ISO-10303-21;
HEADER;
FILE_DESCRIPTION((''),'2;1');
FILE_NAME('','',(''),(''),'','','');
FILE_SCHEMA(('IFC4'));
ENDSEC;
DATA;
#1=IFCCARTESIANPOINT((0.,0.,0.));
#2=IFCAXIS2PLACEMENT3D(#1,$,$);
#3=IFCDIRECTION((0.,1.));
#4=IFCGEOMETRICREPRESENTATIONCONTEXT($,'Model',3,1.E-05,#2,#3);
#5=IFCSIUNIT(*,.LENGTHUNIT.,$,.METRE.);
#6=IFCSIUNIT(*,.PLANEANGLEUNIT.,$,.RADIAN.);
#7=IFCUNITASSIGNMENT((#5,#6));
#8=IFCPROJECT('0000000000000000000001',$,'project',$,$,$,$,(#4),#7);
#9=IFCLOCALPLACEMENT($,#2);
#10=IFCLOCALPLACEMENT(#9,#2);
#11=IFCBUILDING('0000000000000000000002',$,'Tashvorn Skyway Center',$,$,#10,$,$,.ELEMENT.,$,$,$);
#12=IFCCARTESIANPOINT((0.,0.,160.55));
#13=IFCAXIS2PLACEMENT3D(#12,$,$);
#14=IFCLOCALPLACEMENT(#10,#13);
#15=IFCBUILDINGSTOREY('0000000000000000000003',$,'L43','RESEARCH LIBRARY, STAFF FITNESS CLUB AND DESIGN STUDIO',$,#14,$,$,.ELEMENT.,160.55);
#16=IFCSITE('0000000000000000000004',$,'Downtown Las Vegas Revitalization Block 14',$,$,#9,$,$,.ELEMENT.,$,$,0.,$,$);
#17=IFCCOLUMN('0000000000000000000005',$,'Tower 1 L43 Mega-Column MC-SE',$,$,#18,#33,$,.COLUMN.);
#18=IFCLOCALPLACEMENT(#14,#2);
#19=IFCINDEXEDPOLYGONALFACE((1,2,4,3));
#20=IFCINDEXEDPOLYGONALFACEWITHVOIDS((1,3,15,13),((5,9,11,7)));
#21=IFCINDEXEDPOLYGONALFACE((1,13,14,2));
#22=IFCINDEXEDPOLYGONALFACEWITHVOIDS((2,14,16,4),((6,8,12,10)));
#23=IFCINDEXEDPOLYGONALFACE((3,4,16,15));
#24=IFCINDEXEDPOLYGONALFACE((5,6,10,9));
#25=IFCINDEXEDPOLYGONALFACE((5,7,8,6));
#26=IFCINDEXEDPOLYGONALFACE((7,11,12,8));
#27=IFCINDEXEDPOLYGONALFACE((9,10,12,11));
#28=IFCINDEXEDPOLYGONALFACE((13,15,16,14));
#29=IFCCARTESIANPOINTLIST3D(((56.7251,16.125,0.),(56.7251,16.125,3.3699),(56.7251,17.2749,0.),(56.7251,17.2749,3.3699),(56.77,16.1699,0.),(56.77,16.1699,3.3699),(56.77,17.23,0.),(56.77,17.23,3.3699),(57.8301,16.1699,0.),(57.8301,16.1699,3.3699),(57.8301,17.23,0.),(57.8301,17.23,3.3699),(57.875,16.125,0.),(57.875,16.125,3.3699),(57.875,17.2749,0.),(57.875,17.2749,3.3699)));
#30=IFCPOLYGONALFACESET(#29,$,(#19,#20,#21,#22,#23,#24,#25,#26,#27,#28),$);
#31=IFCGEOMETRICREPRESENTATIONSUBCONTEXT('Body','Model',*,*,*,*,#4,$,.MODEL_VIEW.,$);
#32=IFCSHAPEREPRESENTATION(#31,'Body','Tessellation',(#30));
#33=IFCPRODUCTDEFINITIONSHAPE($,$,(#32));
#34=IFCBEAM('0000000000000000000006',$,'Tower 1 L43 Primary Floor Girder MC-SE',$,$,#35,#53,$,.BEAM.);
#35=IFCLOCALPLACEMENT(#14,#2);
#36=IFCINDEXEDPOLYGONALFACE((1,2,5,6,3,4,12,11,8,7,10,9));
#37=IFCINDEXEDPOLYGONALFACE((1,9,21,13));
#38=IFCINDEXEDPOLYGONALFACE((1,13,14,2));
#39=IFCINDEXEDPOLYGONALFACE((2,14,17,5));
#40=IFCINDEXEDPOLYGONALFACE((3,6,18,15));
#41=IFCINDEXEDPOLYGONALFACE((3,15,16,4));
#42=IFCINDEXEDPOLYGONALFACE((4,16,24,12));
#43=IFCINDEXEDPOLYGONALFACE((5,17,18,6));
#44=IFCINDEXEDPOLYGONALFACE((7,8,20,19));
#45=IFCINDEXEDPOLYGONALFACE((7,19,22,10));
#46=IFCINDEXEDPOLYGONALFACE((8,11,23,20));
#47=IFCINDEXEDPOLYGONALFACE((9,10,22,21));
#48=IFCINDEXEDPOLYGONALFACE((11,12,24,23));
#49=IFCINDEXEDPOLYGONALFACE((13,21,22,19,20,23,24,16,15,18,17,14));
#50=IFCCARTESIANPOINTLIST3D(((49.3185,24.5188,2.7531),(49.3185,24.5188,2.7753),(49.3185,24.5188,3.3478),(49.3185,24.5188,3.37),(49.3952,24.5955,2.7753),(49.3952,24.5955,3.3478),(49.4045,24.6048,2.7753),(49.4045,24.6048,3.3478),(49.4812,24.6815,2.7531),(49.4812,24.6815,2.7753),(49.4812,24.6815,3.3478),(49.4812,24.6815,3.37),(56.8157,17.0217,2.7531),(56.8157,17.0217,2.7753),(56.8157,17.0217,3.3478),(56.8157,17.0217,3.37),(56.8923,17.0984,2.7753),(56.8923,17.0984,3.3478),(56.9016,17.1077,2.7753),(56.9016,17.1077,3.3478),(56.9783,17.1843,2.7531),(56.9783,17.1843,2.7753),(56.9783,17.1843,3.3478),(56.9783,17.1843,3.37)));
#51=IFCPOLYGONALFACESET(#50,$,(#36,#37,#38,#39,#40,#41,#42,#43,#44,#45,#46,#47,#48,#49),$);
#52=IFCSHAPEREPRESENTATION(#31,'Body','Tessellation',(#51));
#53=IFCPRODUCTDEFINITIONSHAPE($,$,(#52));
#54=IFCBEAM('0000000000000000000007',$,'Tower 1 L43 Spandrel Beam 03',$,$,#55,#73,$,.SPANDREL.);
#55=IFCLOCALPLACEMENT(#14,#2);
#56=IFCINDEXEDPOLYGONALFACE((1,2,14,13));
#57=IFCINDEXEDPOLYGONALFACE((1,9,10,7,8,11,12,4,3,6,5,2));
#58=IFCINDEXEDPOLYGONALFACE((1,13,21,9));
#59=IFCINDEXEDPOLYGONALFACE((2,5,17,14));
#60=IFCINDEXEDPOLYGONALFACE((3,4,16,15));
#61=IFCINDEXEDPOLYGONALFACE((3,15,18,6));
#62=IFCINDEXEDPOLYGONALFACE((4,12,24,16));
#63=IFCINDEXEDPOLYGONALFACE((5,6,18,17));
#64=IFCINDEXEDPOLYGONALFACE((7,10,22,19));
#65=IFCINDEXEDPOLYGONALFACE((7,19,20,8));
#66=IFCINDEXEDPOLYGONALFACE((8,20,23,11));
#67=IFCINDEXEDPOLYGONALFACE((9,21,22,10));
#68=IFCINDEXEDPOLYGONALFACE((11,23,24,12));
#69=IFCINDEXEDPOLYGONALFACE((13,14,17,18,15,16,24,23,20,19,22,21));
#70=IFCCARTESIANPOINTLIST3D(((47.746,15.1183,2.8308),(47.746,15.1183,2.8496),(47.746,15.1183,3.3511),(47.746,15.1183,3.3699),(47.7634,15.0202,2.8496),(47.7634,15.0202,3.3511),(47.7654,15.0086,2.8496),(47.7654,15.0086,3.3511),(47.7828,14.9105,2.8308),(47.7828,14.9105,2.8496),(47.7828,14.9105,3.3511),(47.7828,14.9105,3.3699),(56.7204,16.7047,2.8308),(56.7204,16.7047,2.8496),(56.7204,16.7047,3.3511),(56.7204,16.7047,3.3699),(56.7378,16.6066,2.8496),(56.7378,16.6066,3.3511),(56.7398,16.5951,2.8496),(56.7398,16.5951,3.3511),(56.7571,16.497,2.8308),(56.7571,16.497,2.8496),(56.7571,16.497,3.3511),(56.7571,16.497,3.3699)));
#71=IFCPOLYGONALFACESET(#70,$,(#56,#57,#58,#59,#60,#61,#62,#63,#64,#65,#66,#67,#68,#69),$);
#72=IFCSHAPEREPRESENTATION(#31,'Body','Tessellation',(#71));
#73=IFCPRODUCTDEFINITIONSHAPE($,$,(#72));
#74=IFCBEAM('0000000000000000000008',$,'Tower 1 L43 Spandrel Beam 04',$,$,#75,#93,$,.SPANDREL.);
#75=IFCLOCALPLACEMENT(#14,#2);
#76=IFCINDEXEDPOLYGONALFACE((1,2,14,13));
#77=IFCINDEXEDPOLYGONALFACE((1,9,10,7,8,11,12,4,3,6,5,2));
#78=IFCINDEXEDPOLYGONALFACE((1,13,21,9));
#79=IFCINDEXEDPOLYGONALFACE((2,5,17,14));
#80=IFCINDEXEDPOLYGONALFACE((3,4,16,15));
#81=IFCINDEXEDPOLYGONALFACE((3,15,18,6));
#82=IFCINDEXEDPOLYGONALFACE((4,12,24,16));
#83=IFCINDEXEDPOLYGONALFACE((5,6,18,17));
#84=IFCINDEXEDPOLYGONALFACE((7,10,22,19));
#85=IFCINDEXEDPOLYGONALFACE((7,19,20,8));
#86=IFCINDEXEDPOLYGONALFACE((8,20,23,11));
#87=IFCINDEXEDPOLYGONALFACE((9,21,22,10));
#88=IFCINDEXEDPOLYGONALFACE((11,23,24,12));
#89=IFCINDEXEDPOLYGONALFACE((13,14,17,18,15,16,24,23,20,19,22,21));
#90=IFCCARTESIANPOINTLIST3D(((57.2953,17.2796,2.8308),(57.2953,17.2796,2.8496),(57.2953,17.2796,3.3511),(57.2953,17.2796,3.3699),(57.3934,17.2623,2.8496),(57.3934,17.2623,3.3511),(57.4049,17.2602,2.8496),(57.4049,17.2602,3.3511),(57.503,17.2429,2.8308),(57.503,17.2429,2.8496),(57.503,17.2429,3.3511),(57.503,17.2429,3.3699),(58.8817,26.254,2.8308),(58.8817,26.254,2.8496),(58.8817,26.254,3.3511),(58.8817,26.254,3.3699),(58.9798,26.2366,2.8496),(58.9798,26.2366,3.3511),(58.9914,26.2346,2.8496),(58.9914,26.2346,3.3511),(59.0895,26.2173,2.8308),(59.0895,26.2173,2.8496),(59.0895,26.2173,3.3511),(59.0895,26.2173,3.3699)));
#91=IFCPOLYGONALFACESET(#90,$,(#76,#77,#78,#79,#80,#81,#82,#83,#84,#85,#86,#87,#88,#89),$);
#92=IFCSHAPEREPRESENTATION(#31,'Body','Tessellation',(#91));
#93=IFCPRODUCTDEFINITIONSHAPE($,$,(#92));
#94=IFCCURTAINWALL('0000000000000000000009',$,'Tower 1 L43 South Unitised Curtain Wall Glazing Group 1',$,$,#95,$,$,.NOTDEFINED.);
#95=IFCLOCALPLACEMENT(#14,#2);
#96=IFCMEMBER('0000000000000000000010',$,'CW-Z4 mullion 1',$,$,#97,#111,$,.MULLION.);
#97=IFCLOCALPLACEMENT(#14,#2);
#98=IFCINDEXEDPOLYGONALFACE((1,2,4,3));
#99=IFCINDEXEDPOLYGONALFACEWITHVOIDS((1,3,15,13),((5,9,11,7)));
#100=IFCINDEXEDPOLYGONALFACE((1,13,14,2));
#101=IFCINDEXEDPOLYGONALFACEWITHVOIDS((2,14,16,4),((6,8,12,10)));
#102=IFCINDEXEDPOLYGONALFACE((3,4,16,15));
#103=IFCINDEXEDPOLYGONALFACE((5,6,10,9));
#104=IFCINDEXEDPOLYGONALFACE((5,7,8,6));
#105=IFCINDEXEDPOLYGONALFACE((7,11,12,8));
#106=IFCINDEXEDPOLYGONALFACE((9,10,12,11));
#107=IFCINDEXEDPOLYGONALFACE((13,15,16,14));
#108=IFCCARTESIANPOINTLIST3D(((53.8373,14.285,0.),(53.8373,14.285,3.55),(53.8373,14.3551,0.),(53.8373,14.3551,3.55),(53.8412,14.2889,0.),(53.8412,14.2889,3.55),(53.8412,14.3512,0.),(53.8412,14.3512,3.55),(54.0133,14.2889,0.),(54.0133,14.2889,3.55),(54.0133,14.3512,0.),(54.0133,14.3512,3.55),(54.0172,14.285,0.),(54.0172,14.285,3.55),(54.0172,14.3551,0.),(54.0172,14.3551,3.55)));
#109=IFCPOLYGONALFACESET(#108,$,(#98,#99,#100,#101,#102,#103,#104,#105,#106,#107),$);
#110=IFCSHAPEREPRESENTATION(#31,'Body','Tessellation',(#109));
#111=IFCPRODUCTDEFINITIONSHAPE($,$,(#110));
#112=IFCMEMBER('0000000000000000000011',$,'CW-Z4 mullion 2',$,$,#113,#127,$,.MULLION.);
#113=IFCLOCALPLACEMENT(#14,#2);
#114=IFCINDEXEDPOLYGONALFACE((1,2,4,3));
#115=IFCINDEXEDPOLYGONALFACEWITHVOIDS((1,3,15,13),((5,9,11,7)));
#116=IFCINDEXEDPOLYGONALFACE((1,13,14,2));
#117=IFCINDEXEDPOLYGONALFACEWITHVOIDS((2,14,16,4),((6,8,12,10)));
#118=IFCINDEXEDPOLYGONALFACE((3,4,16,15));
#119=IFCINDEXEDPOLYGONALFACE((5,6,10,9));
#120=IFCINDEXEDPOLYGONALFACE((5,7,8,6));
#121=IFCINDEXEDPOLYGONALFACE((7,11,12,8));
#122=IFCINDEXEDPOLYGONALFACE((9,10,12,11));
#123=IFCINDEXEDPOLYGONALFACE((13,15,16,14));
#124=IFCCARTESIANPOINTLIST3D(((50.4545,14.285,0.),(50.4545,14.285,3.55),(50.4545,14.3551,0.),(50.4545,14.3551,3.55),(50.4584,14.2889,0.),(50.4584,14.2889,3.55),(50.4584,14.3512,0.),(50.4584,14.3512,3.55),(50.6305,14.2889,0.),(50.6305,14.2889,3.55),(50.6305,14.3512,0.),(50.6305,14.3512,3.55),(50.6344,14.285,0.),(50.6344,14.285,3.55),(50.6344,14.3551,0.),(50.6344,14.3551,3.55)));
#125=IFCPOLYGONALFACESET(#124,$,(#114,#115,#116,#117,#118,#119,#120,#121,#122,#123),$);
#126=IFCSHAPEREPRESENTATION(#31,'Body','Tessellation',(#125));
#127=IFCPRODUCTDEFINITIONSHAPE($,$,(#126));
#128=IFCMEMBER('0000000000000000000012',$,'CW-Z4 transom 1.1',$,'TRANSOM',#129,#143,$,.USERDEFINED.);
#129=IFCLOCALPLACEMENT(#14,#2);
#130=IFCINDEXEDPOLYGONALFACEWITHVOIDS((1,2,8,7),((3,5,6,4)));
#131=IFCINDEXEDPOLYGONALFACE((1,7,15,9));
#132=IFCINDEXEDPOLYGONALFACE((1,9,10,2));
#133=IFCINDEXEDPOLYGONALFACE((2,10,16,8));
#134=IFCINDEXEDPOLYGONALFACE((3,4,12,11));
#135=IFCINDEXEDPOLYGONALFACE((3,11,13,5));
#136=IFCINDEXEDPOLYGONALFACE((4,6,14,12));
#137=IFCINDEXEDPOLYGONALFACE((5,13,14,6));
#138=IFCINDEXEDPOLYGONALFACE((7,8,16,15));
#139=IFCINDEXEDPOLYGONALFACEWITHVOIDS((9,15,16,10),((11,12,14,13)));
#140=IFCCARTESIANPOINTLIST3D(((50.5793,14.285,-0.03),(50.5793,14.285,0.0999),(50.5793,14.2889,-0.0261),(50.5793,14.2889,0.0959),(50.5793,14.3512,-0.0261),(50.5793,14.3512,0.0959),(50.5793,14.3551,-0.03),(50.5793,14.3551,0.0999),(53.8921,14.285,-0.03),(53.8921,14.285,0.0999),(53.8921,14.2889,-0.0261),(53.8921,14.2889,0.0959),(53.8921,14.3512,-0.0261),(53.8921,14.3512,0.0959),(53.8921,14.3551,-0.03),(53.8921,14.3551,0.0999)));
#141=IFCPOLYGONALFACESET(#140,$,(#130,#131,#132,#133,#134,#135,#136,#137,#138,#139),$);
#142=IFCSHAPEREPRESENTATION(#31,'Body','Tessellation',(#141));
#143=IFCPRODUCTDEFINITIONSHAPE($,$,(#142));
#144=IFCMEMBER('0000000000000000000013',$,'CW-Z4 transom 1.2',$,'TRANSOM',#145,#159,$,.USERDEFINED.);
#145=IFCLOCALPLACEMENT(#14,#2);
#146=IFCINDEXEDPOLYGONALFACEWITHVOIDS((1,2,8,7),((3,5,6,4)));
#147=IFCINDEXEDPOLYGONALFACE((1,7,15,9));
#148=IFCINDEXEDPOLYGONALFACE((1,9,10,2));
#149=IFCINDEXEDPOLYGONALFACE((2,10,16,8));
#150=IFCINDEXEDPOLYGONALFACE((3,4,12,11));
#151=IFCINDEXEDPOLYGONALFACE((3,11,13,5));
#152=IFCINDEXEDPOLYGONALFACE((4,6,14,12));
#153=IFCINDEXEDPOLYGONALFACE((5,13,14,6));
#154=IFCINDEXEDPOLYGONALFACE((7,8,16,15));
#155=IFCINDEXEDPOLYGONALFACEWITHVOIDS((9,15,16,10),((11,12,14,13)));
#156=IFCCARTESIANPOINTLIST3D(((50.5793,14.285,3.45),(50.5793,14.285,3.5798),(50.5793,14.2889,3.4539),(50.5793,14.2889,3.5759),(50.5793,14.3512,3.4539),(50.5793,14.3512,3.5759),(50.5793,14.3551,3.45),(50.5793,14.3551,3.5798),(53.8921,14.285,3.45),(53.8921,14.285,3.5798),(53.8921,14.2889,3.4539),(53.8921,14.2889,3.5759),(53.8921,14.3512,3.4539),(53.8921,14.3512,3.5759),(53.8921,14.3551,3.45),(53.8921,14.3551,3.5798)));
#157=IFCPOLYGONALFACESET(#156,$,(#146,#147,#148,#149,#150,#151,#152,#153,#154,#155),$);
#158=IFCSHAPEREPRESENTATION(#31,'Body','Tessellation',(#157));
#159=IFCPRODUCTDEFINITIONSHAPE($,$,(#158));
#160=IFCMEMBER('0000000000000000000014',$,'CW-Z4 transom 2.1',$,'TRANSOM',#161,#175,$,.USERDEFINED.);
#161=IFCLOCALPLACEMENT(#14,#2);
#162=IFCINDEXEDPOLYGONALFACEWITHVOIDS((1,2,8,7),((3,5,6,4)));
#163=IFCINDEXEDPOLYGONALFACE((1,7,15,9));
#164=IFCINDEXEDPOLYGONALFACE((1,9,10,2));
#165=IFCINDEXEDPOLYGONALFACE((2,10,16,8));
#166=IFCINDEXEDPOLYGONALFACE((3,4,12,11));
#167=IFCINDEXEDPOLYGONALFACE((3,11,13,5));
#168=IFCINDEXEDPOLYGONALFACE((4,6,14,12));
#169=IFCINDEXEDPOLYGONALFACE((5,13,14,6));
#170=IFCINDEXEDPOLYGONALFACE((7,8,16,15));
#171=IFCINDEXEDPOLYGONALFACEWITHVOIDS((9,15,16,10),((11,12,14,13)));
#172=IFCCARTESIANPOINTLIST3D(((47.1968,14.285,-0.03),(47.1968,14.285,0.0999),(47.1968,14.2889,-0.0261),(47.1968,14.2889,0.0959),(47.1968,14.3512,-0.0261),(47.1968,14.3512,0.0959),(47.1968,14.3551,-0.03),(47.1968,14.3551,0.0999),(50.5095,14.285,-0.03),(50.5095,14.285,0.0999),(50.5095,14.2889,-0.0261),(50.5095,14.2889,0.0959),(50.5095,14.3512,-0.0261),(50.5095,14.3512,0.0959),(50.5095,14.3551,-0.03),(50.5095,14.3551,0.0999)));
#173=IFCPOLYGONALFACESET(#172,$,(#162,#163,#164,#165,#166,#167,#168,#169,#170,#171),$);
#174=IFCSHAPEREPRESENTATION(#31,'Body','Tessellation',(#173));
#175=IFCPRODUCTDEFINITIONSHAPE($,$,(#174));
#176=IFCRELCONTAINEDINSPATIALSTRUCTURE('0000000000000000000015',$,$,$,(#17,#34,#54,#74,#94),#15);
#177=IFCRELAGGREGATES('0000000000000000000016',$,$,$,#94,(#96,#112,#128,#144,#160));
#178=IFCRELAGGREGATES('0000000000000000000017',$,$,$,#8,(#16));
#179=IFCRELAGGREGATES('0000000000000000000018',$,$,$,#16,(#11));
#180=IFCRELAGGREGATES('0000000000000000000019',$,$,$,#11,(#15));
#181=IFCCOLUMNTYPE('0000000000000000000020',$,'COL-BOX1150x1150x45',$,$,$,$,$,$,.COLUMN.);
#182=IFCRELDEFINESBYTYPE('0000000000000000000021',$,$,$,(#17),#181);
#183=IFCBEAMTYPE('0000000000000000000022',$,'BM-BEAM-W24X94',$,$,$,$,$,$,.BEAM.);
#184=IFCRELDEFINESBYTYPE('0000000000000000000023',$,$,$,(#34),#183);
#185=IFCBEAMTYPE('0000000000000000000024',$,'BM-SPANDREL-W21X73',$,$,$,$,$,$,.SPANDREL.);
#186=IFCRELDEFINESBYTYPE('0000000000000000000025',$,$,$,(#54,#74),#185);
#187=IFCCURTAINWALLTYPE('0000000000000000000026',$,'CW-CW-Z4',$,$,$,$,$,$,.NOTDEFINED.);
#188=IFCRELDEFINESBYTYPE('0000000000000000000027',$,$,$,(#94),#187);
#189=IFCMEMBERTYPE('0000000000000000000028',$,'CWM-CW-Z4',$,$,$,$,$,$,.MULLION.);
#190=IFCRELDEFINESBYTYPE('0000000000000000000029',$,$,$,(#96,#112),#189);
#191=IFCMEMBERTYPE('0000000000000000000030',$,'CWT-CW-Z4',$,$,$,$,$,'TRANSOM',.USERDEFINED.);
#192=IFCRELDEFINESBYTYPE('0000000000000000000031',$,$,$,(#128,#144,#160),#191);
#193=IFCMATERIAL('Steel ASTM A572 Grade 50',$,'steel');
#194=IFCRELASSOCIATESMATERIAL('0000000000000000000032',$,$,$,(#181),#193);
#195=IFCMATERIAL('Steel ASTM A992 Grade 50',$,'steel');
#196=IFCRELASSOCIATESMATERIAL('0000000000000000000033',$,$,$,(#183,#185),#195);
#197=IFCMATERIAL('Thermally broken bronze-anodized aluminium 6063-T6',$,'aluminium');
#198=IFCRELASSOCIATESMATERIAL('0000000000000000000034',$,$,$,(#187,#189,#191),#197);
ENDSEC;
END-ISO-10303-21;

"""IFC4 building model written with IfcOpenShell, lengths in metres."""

from ifc_helpers import new_model, si_unit, direction, frame, origin, origin_2d, place, context, subcontext, project, spatial, hollow_rectangle, i_section, extrude, material, material_profile, profile_set, type_object, element, aggregate, save


model = new_model("IFC4")

# Units and contexts
model_context = context("Model", 3, precision=1e-05, world=origin(), true_north=direction((0.0, 1.0)))
body_context = subcontext(model_context, "Body", "Model", "MODEL_VIEW")
ifc_project = project(units=[si_unit("LENGTHUNIT", "METRE"), si_unit("PLANEANGLEUNIT", "RADIAN")], contexts=[model_context])

# Site, building, storey
site_placement = place(None, origin())
site = spatial("IfcSite", under=ifc_project, at=site_placement, Name="Downtown Las Vegas Revitalization Block 14", CompositionType="ELEMENT", RefElevation=0.0)
building_placement = place(site_placement, origin())
building = spatial("IfcBuilding", under=site, at=building_placement, Name="Tashvorn Skyway Center", CompositionType="ELEMENT")
storey_placement = place(building_placement, frame((0.0, 0.0, 160.55)))
storey = spatial("IfcBuildingStorey", under=building, at=storey_placement, Name="L43", Description="RESEARCH LIBRARY, STAFF FITNESS CLUB AND DESIGN STUDIO", CompositionType="ELEMENT", Elevation=160.55)

# Column
ifc_material_1 = material(Name="Steel ASTM A572 Grade 50", Category="steel")
ifc_material_profile_1 = material_profile(ifc_material_1, hollow_rectangle(XDim=1.1499, YDim=1.1499, WallThickness=0.0449, at=origin_2d()), Name="BOX1150x1150x45")
ifc_profile_set_1 = profile_set([ifc_material_profile_1], Name="Steel ASTM A572 Grade 50")
column_type = type_object("IfcColumnType", Name="COL-BOX1150x1150x45", PredefinedType="COLUMN", material=ifc_profile_set_1)
column_placement = place(storey_placement, frame((57.3, 16.7, 0.0), z_axis=(0.0, 0.0, 1.0), x_axis=(1.0, 0.0, 0.0)))
element("IfcColumn", 1, at=column_placement, inside=storey, type_object=column_type, Name="Tower 1 L43 Mega-Column MC-SE", PredefinedType="COLUMN", context=body_context, shape_type="SweptSolid", body=[
    extrude(hollow_rectangle(XDim=1.1499, YDim=1.1499, WallThickness=0.0449, at=origin_2d()), origin(), (0.0, 0.0, 1.0), 3.3699),
])

# Beams
ifc_material_2 = material(Name="Steel ASTM A992 Grade 50", Category="steel")
ifc_material_profile_2 = material_profile(ifc_material_2, i_section(OverallWidth=0.23, OverallDepth=0.6169, WebThickness=0.0132, FlangeThickness=0.0222, at=origin_2d()), Name="W24X94")
ifc_profile_set_2 = profile_set([ifc_material_profile_2], Name="Steel ASTM A992 Grade 50")
beam_type_1 = type_object("IfcBeamType", Name="BM-BEAM-W24X94", PredefinedType="BEAM", material=ifc_profile_set_2)
beam_placement = place(storey_placement, frame((56.897, 17.103, 3.0615), z_axis=(-0.707107, 0.707107, 0.0), x_axis=(-0.707107, -0.707107, 0.0)))
element("IfcBeam", 2, at=beam_placement, inside=storey, type_object=beam_type_1, Name="Tower 1 L43 Primary Floor Girder MC-SE", PredefinedType="BEAM", context=body_context, shape_type="SweptSolid", body=[
    extrude(i_section(OverallWidth=0.23, OverallDepth=0.6169, WebThickness=0.0132, FlangeThickness=0.0222, at=origin_2d()), origin(), (0.0, 0.0, 1.0), 10.6025),
])
ifc_material_profile_3 = material_profile(ifc_material_2, i_section(OverallWidth=0.2109, OverallDepth=0.5391, WebThickness=0.0117, FlangeThickness=0.0188, at=origin_2d()), Name="W21X73")
ifc_profile_set_3 = profile_set([ifc_material_profile_3], Name="Steel ASTM A992 Grade 50")
beam_type_2 = type_object("IfcBeamType", Name="BM-SPANDREL-W21X73", PredefinedType="SPANDREL", material=ifc_profile_set_3)
for number, where, z_axis, x_axis, name in (
    (3, (47.7644, 15.0144, 3.1003), (0.984733, 0.174074, 0.0), (-0.174074, 0.984733, 0.0), "Tower 1 L43 Spandrel Beam 03"),
    (4, (57.3992, 17.2612, 3.1003), (0.174074, 0.984733, 0.0), (-0.984733, 0.174074, 0.0), "Tower 1 L43 Spandrel Beam 04"),
):
    element("IfcBeam", number, at=place(storey_placement, frame(where, z_axis=z_axis, x_axis=x_axis)), inside=storey, type_object=beam_type_2, Name=name, PredefinedType="SPANDREL", context=body_context, shape_type="SweptSolid", body=[
        extrude(i_section(OverallWidth=0.2109, OverallDepth=0.5391, WebThickness=0.0117, FlangeThickness=0.0188, at=origin_2d()), origin(), (0.0, 0.0, 1.0), 9.1135),
    ])

# Curtain wall, members
ifc_material_3 = material(Name="Thermally broken bronze-anodized aluminium 6063-T6", Category="aluminium")
curtain_wall_type = type_object("IfcCurtainWallType", Name="CW-CW-Z4", PredefinedType="NOTDEFINED", material=ifc_material_3)
curtain_wall_placement = place(storey_placement, origin())
curtain_wall = element("IfcCurtainWall", 5, at=curtain_wall_placement, inside=storey, type_object=curtain_wall_type, Name="Tower 1 L43 South Unitised Curtain Wall Glazing Group 1", PredefinedType="NOTDEFINED")
ifc_material_profile_4 = material_profile(ifc_material_3, hollow_rectangle(XDim=0.0701, YDim=0.1799, WallThickness=0.0039, at=origin_2d()), Name="ALU-MULL-70x180")
ifc_profile_set_4 = profile_set([ifc_material_profile_4], Name="Thermally broken bronze-anodized aluminium 6063-T6")
member_type_1 = type_object("IfcMemberType", Name="CWM-CW-Z4", PredefinedType="MULLION", material=ifc_profile_set_4)
member_1_placement = place(storey_placement, frame((53.9272, 14.3201, 0.0), z_axis=(0.0, 0.0, 1.0), x_axis=(0.0, -1.0, 0.0)))
member_1 = element("IfcMember", 6, at=member_1_placement, type_object=member_type_1, Name="CW-Z4 mullion 1", PredefinedType="MULLION", context=body_context, shape_type="SweptSolid", body=[
    extrude(hollow_rectangle(XDim=0.0701, YDim=0.1799, WallThickness=0.0039, at=origin_2d()), origin(), (0.0, 0.0, 1.0), 3.55),
])
member_2_placement = place(storey_placement, frame((50.5444, 14.3201, 0.0), z_axis=(0.0, 0.0, 1.0), x_axis=(0.0, -1.0, 0.0)))
member_2 = element("IfcMember", 7, at=member_2_placement, type_object=member_type_1, Name="CW-Z4 mullion 2", PredefinedType="MULLION", context=body_context, shape_type="SweptSolid", body=[
    extrude(hollow_rectangle(XDim=0.0701, YDim=0.1799, WallThickness=0.0039, at=origin_2d()), origin(), (0.0, 0.0, 1.0), 3.55),
])
ifc_material_profile_5 = material_profile(ifc_material_3, hollow_rectangle(XDim=0.0701, YDim=0.1299, WallThickness=0.0039, at=origin_2d()), Name="ALU-TRAN-70x130")
ifc_profile_set_5 = profile_set([ifc_material_profile_5], Name="Thermally broken bronze-anodized aluminium 6063-T6")
member_type_2 = type_object("IfcMemberType", Name="CWT-CW-Z4", ElementType="TRANSOM", PredefinedType="USERDEFINED", material=ifc_profile_set_5)
member_3_placement = place(storey_placement, frame((53.8921, 14.3201, 0.0349), z_axis=(-1.0, 0.0, 0.0), x_axis=(0.0, -1.0, 0.0)))
member_3 = element("IfcMember", 8, at=member_3_placement, type_object=member_type_2, Name="CW-Z4 transom 1.1", ObjectType="TRANSOM", PredefinedType="USERDEFINED", context=body_context, shape_type="SweptSolid", body=[
    extrude(hollow_rectangle(XDim=0.0701, YDim=0.1299, WallThickness=0.0039, at=origin_2d()), origin(), (0.0, 0.0, 1.0), 3.3127),
])
member_4_placement = place(storey_placement, frame((53.8921, 14.3201, 3.5149), z_axis=(-1.0, 0.0, 0.0), x_axis=(0.0, -1.0, 0.0)))
member_4 = element("IfcMember", 9, at=member_4_placement, type_object=member_type_2, Name="CW-Z4 transom 1.2", ObjectType="TRANSOM", PredefinedType="USERDEFINED", context=body_context, shape_type="SweptSolid", body=[
    extrude(hollow_rectangle(XDim=0.0701, YDim=0.1299, WallThickness=0.0039, at=origin_2d()), origin(), (0.0, 0.0, 1.0), 3.3127),
])
member_5_placement = place(storey_placement, frame((50.5095, 14.3201, 0.0349), z_axis=(-1.0, 0.0, 0.0), x_axis=(0.0, -1.0, 0.0)))
member_5 = element("IfcMember", 10, at=member_5_placement, type_object=member_type_2, Name="CW-Z4 transom 2.1", ObjectType="TRANSOM", PredefinedType="USERDEFINED", context=body_context, shape_type="SweptSolid", body=[
    extrude(hollow_rectangle(XDim=0.0701, YDim=0.1299, WallThickness=0.0039, at=origin_2d()), origin(), (0.0, 0.0, 1.0), 3.3127),
])
aggregate(curtain_wall, [member_1, member_2, member_3, member_4, member_5])

save(model, "model.ifc")
